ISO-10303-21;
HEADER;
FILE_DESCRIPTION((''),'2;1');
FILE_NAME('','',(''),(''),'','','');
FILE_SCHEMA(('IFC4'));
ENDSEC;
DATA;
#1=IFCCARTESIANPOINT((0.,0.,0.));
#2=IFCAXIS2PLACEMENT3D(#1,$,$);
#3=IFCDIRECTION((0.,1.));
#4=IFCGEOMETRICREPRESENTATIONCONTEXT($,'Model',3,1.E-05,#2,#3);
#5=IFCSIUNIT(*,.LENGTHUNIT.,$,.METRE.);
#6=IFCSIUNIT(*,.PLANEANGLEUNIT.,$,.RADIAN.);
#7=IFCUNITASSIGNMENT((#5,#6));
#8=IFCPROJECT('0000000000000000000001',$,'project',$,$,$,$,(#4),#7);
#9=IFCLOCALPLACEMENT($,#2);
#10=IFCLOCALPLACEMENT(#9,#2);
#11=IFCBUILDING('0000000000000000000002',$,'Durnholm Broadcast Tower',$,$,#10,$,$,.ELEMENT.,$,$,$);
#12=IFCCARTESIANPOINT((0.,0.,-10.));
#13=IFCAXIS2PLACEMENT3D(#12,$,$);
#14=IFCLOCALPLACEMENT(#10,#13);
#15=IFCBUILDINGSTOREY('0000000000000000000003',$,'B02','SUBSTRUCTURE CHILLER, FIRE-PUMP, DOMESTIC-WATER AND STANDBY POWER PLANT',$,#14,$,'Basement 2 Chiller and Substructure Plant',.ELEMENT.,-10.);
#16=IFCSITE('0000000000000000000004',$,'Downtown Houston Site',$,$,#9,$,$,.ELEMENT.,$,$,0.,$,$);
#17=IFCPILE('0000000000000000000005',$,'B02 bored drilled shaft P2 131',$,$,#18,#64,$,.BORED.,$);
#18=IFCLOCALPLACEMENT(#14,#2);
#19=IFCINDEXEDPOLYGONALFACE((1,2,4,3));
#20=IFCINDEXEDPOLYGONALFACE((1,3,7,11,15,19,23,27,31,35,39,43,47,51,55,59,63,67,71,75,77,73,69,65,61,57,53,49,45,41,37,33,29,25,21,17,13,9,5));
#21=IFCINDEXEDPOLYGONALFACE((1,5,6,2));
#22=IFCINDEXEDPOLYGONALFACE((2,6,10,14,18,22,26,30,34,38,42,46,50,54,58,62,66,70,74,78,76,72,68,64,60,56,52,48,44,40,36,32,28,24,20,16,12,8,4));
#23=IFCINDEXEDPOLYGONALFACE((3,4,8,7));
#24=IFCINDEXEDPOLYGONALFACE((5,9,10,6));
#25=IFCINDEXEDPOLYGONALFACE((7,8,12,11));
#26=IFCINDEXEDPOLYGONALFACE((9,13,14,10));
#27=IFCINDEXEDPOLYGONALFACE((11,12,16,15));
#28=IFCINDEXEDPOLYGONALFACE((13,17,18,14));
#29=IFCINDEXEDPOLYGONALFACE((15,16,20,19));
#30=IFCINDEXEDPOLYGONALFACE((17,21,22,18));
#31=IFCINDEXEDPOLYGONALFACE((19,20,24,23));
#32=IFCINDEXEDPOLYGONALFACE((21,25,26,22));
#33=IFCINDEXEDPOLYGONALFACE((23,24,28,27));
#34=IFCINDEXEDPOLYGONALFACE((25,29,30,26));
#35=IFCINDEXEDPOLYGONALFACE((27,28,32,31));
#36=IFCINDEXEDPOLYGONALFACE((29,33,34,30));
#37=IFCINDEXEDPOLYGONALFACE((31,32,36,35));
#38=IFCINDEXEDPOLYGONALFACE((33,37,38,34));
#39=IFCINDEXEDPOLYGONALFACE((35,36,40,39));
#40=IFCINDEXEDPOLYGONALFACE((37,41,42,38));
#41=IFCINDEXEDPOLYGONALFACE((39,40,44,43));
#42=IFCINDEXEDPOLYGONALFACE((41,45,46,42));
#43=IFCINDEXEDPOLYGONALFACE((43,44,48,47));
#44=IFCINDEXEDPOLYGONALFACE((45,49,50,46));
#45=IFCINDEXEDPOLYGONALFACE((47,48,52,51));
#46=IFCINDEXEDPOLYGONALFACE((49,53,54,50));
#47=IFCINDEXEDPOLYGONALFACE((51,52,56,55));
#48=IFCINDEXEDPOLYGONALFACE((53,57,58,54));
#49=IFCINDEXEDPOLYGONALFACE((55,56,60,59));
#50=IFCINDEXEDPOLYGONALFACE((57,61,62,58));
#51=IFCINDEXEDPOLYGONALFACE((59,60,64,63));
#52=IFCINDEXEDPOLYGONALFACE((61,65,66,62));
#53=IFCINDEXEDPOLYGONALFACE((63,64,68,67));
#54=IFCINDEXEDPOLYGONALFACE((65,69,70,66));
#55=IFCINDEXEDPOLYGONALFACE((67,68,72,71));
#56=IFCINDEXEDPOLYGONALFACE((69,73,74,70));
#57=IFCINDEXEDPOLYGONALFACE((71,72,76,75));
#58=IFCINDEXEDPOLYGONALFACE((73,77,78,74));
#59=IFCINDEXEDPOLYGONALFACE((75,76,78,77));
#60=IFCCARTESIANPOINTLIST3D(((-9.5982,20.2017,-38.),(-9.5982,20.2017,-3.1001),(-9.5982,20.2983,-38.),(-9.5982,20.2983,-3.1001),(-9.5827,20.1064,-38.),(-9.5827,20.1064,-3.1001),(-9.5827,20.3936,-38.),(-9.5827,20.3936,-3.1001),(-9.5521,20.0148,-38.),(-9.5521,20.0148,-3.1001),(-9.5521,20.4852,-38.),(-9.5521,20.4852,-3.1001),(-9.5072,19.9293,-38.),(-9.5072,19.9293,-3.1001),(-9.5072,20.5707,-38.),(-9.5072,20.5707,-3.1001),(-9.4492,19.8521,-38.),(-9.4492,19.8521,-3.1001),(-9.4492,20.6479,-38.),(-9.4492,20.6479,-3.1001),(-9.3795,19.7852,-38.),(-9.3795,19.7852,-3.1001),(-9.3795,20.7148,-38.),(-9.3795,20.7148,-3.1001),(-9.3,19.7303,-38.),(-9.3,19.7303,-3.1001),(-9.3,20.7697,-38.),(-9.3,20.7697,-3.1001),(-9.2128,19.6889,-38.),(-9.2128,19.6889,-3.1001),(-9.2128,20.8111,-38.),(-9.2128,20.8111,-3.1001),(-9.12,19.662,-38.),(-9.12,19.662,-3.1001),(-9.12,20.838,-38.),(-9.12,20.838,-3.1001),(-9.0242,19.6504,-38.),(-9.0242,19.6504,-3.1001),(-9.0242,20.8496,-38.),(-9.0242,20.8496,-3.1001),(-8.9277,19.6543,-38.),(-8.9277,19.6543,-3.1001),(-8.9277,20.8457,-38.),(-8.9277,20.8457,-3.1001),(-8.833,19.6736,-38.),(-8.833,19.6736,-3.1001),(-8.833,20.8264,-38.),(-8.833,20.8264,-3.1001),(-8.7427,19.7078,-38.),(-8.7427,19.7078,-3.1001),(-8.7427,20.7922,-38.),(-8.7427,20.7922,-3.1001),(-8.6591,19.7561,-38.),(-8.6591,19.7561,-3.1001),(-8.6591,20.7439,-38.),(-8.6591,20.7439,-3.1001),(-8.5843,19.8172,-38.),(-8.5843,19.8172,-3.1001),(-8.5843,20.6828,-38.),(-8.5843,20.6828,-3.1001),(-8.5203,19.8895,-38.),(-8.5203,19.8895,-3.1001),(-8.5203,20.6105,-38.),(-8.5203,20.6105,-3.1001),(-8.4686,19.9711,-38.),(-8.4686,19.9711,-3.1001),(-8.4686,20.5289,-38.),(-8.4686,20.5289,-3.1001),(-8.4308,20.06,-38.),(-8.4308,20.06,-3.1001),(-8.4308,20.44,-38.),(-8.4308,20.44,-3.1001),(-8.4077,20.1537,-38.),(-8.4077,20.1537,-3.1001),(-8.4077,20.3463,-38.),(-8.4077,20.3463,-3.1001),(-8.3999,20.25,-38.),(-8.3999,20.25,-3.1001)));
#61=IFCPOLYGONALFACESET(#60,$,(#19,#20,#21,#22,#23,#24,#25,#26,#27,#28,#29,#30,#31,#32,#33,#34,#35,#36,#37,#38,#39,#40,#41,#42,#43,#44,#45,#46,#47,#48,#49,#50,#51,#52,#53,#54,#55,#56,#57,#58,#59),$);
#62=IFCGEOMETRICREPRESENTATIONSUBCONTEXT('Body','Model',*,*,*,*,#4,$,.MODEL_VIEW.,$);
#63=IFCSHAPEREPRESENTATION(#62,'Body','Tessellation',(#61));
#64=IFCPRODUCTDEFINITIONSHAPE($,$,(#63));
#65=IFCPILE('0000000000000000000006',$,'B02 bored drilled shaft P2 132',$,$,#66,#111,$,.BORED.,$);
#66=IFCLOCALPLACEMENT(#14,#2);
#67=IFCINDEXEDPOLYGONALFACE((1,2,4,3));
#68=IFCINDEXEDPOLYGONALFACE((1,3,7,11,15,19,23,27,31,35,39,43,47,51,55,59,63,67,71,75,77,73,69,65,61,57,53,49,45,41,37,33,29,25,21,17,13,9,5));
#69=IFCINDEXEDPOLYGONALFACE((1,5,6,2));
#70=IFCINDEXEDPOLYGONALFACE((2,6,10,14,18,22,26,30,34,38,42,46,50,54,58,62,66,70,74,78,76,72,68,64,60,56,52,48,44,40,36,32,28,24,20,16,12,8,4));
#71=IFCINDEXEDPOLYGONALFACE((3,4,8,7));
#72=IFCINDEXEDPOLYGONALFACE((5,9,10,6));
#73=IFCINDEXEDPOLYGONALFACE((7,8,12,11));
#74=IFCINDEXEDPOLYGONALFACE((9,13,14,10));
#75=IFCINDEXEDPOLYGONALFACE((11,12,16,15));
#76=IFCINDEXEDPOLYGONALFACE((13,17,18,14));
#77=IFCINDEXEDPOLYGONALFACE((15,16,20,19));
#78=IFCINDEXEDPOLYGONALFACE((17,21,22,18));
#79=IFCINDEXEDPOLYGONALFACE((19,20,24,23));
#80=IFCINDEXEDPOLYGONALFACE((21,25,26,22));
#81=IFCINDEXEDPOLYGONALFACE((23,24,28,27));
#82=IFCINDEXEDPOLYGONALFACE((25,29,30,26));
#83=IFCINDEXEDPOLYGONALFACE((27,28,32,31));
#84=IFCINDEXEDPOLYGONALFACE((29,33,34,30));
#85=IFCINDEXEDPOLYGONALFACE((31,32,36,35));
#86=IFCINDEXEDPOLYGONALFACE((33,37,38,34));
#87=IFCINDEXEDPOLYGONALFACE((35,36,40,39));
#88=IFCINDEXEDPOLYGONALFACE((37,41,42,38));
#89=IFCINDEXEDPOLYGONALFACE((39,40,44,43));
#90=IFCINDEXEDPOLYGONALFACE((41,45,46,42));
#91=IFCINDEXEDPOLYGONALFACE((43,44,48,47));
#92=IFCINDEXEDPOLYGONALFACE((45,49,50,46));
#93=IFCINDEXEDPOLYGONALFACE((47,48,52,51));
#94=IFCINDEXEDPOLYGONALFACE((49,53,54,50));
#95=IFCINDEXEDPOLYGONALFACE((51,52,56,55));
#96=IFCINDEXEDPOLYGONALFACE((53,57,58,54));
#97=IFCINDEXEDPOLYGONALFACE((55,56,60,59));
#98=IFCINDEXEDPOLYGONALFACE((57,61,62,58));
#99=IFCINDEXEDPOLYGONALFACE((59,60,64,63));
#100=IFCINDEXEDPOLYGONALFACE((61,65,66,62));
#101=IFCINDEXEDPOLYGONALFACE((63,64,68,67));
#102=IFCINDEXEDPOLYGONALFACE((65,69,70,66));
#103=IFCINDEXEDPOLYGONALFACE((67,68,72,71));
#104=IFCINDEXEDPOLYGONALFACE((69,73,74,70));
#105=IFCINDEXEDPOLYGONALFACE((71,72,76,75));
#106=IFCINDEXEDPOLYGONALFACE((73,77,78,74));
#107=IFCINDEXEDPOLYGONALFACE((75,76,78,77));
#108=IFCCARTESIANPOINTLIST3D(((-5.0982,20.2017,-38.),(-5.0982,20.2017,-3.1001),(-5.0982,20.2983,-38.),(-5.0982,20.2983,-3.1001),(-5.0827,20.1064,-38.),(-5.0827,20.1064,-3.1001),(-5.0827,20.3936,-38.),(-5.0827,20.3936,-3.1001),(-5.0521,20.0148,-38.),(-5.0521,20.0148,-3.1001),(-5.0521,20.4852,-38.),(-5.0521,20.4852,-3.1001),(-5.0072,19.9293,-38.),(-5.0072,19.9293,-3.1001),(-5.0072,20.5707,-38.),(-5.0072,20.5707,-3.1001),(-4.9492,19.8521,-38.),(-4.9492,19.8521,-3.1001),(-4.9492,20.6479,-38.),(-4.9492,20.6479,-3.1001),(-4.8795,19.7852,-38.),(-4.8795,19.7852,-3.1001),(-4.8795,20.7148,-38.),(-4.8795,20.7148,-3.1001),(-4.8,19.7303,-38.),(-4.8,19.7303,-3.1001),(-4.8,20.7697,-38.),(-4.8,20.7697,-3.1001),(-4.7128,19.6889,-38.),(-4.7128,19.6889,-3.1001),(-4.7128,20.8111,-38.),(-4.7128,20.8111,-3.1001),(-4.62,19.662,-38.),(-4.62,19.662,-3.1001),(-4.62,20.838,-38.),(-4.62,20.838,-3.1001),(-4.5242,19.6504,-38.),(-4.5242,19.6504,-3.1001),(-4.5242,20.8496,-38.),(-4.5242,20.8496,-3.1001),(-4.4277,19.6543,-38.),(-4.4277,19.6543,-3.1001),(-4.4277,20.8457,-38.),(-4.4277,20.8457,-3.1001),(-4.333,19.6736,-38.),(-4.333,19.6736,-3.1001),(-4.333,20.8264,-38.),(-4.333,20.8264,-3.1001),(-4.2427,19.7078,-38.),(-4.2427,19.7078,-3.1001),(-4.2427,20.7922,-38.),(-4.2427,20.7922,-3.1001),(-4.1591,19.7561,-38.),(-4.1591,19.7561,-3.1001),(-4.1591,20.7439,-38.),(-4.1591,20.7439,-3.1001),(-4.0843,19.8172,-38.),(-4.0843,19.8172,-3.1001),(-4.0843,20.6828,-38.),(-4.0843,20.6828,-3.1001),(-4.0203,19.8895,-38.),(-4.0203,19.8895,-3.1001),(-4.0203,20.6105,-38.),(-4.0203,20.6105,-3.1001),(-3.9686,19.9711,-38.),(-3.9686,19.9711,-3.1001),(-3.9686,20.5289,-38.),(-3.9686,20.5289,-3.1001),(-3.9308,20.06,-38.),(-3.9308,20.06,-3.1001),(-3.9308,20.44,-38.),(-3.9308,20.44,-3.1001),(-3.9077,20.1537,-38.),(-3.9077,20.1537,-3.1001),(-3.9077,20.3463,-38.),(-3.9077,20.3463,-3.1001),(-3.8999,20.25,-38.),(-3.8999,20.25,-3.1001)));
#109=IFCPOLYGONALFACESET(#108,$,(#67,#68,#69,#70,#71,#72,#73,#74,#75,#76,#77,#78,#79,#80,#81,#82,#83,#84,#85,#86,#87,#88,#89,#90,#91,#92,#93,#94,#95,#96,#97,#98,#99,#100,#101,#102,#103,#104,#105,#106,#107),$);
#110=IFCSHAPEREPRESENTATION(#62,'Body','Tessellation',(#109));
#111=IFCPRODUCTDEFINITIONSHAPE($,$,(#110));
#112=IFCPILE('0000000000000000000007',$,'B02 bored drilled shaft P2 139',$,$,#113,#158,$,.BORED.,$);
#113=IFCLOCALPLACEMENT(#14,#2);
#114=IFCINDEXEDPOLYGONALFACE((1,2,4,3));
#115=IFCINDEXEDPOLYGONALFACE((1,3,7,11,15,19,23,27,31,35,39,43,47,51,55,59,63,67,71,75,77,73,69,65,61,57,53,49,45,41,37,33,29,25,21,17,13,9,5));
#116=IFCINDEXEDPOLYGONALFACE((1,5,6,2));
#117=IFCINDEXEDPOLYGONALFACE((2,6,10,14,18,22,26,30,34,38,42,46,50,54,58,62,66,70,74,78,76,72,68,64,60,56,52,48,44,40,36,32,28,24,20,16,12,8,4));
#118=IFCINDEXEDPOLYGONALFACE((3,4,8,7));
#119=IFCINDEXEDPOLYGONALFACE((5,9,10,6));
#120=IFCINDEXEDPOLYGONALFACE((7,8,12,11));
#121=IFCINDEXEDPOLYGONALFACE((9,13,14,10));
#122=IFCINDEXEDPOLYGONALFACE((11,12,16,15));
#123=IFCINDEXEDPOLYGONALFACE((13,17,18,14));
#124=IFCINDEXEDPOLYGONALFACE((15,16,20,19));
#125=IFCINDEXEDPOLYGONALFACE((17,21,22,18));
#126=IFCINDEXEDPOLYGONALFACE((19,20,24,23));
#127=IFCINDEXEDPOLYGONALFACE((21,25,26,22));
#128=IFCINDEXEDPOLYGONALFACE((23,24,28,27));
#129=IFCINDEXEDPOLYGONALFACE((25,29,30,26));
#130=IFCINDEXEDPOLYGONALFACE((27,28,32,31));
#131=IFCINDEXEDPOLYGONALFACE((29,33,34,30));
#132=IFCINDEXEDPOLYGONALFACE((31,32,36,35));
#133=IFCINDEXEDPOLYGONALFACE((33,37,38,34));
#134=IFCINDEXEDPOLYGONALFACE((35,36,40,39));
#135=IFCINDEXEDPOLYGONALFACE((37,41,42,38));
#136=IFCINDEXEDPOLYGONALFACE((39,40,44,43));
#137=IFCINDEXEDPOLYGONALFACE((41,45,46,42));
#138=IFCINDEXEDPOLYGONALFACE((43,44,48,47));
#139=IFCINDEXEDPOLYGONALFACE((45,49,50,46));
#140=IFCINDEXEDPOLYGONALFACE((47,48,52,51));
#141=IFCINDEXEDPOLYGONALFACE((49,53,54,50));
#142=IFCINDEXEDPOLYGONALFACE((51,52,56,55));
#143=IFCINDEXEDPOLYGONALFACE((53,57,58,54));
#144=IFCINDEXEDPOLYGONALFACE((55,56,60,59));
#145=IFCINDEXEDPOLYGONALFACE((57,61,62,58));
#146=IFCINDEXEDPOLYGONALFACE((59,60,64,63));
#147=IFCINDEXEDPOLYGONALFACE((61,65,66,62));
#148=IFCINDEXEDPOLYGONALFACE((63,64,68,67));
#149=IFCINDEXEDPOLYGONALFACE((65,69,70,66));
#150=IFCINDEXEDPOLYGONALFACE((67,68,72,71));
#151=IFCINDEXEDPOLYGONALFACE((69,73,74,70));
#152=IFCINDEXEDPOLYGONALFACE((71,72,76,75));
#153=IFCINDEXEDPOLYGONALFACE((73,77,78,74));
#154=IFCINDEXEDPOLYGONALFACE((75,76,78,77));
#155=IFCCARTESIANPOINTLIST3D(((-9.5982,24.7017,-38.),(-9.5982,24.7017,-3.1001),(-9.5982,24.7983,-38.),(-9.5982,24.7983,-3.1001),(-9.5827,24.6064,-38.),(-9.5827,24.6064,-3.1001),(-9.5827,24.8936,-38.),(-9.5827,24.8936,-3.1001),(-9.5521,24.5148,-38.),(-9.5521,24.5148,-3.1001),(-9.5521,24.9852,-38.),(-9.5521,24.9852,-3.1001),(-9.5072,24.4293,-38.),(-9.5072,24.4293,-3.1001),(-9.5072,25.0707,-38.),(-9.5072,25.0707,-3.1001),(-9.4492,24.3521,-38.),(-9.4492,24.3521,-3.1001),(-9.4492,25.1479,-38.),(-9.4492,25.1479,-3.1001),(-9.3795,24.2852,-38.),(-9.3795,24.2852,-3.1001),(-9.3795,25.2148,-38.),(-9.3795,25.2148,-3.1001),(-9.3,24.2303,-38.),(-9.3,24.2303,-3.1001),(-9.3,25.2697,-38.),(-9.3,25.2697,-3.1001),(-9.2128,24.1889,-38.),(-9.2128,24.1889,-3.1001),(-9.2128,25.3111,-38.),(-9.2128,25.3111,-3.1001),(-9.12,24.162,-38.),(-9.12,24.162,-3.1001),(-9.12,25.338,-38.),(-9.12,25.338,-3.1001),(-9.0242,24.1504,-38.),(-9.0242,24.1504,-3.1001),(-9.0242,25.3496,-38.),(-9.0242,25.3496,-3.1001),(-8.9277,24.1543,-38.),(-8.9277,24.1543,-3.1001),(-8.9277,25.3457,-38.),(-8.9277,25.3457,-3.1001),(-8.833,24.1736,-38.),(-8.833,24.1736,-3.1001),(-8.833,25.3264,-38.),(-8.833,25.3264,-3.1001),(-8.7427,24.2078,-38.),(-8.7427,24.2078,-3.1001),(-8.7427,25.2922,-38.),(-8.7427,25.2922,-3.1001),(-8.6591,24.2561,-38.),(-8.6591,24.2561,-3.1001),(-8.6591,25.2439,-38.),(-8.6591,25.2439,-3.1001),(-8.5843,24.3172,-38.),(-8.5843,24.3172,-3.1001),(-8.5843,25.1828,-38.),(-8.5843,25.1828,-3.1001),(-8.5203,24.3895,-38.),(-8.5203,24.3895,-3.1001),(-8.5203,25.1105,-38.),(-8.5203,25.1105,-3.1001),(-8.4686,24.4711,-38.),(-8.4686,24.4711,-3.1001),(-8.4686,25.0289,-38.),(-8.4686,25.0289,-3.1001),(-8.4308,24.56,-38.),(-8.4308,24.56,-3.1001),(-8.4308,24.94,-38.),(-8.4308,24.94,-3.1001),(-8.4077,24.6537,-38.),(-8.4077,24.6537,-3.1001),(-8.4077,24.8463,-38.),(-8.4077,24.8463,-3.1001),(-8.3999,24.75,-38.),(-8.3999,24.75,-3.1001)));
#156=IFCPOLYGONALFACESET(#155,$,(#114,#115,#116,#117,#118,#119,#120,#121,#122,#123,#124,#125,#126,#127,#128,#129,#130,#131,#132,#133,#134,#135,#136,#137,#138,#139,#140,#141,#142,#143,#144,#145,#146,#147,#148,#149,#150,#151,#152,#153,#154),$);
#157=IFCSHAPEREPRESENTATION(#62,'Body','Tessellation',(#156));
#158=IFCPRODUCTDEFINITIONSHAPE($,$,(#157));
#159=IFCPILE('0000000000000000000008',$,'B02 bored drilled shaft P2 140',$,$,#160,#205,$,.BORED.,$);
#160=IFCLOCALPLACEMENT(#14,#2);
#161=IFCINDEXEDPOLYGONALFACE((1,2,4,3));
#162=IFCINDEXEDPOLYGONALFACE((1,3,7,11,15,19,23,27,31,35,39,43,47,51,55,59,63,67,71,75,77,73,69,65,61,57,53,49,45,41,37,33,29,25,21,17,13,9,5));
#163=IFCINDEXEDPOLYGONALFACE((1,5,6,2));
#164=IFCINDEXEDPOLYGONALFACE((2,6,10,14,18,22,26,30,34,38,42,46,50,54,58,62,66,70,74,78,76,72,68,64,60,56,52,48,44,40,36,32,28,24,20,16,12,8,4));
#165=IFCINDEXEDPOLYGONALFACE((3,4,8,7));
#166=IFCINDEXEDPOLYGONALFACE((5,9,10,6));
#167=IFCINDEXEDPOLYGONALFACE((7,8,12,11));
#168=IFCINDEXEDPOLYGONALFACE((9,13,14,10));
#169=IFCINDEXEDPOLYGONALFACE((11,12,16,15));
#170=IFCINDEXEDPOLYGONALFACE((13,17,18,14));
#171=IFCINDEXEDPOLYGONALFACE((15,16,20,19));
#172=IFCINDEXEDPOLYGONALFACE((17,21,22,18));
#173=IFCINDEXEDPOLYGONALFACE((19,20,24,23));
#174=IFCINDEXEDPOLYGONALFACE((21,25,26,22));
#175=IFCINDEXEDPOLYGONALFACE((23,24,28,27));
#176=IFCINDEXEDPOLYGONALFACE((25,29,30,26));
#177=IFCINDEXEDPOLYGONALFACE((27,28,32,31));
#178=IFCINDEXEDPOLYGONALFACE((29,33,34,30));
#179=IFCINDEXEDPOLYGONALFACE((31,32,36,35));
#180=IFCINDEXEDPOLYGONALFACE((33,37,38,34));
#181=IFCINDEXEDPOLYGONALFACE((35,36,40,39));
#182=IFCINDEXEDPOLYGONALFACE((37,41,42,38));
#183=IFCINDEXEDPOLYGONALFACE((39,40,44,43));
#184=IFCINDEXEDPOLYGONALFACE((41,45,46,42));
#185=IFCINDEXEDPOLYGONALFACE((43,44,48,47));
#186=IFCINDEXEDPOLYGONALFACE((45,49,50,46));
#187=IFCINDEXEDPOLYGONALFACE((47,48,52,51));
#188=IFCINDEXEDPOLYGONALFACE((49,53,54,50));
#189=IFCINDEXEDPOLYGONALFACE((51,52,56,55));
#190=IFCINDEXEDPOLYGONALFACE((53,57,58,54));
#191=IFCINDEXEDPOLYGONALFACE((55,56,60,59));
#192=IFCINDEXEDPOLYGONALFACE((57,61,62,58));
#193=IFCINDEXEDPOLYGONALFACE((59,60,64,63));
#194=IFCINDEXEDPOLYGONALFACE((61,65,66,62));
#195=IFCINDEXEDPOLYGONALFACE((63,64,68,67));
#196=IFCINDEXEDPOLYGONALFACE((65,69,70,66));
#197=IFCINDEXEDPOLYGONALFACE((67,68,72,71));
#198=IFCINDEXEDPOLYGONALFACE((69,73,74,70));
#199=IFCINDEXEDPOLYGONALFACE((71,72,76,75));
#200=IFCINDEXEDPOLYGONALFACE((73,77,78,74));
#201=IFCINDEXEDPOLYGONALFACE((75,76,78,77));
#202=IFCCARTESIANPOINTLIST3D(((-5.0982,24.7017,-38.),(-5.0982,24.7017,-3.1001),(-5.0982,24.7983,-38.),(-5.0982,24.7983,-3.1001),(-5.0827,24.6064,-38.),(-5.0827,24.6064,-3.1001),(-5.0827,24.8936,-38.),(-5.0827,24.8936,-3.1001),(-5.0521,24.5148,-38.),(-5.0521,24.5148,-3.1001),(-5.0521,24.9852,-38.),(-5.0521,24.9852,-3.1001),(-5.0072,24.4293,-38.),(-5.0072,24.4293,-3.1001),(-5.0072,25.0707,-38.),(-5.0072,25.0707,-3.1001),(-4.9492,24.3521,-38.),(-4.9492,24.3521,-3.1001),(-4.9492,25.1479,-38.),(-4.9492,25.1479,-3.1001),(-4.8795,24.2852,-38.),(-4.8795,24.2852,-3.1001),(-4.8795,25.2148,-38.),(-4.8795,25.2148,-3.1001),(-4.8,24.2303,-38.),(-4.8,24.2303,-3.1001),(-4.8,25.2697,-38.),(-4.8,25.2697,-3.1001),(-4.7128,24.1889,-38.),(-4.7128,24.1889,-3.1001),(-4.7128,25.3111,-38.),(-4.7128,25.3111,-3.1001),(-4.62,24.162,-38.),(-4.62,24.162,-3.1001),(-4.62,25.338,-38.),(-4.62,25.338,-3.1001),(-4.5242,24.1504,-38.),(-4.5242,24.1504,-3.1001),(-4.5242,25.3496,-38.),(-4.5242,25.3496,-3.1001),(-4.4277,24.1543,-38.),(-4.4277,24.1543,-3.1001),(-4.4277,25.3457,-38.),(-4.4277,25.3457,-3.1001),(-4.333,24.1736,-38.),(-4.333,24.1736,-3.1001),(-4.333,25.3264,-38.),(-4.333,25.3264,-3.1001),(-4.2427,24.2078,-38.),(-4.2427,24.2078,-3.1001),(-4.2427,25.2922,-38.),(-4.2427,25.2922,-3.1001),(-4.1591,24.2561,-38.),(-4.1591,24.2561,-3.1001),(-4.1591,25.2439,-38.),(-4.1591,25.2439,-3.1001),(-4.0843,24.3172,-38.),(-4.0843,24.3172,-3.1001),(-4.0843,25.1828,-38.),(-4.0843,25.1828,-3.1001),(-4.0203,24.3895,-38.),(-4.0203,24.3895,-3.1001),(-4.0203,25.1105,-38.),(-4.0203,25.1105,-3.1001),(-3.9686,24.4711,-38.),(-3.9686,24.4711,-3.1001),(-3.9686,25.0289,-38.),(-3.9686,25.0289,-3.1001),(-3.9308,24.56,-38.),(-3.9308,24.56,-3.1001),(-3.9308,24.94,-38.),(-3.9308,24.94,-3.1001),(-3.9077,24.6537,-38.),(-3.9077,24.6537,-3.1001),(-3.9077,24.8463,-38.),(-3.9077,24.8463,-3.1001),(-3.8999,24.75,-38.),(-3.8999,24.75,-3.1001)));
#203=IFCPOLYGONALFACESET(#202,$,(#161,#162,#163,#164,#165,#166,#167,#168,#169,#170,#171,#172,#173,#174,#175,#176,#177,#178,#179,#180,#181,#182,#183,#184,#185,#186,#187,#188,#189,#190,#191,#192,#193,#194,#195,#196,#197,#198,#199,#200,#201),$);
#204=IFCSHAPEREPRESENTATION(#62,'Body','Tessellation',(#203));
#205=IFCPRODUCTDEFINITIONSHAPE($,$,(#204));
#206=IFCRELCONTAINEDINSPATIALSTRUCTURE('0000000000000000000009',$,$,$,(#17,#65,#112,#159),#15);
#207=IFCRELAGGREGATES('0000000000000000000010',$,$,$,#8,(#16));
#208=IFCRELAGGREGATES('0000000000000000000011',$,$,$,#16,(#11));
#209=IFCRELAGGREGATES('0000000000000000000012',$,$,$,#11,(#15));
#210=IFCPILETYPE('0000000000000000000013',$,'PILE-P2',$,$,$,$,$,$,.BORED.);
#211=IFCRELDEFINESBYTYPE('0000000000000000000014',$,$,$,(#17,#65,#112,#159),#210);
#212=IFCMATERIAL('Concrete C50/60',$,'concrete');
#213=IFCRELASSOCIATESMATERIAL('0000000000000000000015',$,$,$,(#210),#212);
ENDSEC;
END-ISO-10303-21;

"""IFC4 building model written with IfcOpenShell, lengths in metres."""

from ifc_helpers import new_model, si_unit, direction, frame, origin, origin_2d, place, context, subcontext, project, spatial, circle, extrude, source, transform, mapped, material, material_profile, profile_set, type_object, type_shapes, element, save


model = new_model("IFC4")

# Units and contexts
model_context = context("Model", 3, precision=1e-05, world=origin(), true_north=direction((0.0, 1.0)))
body_context = subcontext(model_context, "Body", "Model", "MODEL_VIEW")
ifc_project = project(units=[si_unit("LENGTHUNIT", "METRE"), si_unit("PLANEANGLEUNIT", "RADIAN")], contexts=[model_context])

# Site, building, storey
site_placement = place(None, origin())
site = spatial("IfcSite", under=ifc_project, at=site_placement, Name="Downtown Houston Site", CompositionType="ELEMENT", RefElevation=0.0)
building_placement = place(site_placement, origin())
building = spatial("IfcBuilding", under=site, at=building_placement, Name="Durnholm Broadcast Tower", CompositionType="ELEMENT")
storey_placement = place(building_placement, frame((0.0, 0.0, -10.0)))
storey = spatial("IfcBuildingStorey", under=building, at=storey_placement, Name="B02", Description="SUBSTRUCTURE CHILLER, FIRE-PUMP, DOMESTIC-WATER AND STANDBY POWER PLANT", LongName="Basement 2 Chiller and Substructure Plant", CompositionType="ELEMENT", Elevation=-10.0)

# Piles
ifc_material_1 = material(Name="Concrete C50/60", Category="concrete")
ifc_material_profile_1 = material_profile(ifc_material_1, circle(Radius=0.6001, at=origin_2d()), Name="PILE1200")
ifc_profile_set_1 = profile_set([ifc_material_profile_1], Name="Concrete C50/60")
pile_type_1 = type_object("IfcPileType", Name="PILE-P2", PredefinedType="BORED", material=ifc_profile_set_1)
shared_shape_1 = source(origin(), body_context, "Body", "SweptSolid", [
    extrude(circle(Radius=0.6001, at=origin_2d()), origin(), (0.0, 0.0, 1.0), 34.8999),
])
type_shapes(pile_type_1, [shared_shape_1])
for number, where, z_axis, x_axis, name in (
    (1, (-9.0, 20.25, -3.1001), (0.0, 0.0, -1.0), (1.0, 0.0, 0.0), "B02 bored drilled shaft P2 131"),
    (2, (-4.5, 20.25, -3.1001), (0.0, 0.0, -1.0), (1.0, 0.0, 0.0), "B02 bored drilled shaft P2 132"),
    (3, (-9.0, 24.75, -3.1001), (0.0, 0.0, -1.0), (1.0, 0.0, 0.0), "B02 bored drilled shaft P2 139"),
    (4, (-4.5, 24.75, -3.1001), (0.0, 0.0, -1.0), (1.0, 0.0, 0.0), "B02 bored drilled shaft P2 140"),
):
    element("IfcPile", number, at=place(storey_placement, frame(where, z_axis=z_axis, x_axis=x_axis)), inside=storey, type_object=pile_type_1, Name=name, PredefinedType="BORED", context=body_context, shape_type="MappedRepresentation", body=[
        mapped(shared_shape_1, transform((0.0, 0.0, 0.0), x_axis=(1.0, 0.0, 0.0), y_axis=(0.0, 1.0, 0.0), z_axis=(0.0, 0.0, 1.0), scale=1.0)),
    ])

save(model, "model.ifc")
